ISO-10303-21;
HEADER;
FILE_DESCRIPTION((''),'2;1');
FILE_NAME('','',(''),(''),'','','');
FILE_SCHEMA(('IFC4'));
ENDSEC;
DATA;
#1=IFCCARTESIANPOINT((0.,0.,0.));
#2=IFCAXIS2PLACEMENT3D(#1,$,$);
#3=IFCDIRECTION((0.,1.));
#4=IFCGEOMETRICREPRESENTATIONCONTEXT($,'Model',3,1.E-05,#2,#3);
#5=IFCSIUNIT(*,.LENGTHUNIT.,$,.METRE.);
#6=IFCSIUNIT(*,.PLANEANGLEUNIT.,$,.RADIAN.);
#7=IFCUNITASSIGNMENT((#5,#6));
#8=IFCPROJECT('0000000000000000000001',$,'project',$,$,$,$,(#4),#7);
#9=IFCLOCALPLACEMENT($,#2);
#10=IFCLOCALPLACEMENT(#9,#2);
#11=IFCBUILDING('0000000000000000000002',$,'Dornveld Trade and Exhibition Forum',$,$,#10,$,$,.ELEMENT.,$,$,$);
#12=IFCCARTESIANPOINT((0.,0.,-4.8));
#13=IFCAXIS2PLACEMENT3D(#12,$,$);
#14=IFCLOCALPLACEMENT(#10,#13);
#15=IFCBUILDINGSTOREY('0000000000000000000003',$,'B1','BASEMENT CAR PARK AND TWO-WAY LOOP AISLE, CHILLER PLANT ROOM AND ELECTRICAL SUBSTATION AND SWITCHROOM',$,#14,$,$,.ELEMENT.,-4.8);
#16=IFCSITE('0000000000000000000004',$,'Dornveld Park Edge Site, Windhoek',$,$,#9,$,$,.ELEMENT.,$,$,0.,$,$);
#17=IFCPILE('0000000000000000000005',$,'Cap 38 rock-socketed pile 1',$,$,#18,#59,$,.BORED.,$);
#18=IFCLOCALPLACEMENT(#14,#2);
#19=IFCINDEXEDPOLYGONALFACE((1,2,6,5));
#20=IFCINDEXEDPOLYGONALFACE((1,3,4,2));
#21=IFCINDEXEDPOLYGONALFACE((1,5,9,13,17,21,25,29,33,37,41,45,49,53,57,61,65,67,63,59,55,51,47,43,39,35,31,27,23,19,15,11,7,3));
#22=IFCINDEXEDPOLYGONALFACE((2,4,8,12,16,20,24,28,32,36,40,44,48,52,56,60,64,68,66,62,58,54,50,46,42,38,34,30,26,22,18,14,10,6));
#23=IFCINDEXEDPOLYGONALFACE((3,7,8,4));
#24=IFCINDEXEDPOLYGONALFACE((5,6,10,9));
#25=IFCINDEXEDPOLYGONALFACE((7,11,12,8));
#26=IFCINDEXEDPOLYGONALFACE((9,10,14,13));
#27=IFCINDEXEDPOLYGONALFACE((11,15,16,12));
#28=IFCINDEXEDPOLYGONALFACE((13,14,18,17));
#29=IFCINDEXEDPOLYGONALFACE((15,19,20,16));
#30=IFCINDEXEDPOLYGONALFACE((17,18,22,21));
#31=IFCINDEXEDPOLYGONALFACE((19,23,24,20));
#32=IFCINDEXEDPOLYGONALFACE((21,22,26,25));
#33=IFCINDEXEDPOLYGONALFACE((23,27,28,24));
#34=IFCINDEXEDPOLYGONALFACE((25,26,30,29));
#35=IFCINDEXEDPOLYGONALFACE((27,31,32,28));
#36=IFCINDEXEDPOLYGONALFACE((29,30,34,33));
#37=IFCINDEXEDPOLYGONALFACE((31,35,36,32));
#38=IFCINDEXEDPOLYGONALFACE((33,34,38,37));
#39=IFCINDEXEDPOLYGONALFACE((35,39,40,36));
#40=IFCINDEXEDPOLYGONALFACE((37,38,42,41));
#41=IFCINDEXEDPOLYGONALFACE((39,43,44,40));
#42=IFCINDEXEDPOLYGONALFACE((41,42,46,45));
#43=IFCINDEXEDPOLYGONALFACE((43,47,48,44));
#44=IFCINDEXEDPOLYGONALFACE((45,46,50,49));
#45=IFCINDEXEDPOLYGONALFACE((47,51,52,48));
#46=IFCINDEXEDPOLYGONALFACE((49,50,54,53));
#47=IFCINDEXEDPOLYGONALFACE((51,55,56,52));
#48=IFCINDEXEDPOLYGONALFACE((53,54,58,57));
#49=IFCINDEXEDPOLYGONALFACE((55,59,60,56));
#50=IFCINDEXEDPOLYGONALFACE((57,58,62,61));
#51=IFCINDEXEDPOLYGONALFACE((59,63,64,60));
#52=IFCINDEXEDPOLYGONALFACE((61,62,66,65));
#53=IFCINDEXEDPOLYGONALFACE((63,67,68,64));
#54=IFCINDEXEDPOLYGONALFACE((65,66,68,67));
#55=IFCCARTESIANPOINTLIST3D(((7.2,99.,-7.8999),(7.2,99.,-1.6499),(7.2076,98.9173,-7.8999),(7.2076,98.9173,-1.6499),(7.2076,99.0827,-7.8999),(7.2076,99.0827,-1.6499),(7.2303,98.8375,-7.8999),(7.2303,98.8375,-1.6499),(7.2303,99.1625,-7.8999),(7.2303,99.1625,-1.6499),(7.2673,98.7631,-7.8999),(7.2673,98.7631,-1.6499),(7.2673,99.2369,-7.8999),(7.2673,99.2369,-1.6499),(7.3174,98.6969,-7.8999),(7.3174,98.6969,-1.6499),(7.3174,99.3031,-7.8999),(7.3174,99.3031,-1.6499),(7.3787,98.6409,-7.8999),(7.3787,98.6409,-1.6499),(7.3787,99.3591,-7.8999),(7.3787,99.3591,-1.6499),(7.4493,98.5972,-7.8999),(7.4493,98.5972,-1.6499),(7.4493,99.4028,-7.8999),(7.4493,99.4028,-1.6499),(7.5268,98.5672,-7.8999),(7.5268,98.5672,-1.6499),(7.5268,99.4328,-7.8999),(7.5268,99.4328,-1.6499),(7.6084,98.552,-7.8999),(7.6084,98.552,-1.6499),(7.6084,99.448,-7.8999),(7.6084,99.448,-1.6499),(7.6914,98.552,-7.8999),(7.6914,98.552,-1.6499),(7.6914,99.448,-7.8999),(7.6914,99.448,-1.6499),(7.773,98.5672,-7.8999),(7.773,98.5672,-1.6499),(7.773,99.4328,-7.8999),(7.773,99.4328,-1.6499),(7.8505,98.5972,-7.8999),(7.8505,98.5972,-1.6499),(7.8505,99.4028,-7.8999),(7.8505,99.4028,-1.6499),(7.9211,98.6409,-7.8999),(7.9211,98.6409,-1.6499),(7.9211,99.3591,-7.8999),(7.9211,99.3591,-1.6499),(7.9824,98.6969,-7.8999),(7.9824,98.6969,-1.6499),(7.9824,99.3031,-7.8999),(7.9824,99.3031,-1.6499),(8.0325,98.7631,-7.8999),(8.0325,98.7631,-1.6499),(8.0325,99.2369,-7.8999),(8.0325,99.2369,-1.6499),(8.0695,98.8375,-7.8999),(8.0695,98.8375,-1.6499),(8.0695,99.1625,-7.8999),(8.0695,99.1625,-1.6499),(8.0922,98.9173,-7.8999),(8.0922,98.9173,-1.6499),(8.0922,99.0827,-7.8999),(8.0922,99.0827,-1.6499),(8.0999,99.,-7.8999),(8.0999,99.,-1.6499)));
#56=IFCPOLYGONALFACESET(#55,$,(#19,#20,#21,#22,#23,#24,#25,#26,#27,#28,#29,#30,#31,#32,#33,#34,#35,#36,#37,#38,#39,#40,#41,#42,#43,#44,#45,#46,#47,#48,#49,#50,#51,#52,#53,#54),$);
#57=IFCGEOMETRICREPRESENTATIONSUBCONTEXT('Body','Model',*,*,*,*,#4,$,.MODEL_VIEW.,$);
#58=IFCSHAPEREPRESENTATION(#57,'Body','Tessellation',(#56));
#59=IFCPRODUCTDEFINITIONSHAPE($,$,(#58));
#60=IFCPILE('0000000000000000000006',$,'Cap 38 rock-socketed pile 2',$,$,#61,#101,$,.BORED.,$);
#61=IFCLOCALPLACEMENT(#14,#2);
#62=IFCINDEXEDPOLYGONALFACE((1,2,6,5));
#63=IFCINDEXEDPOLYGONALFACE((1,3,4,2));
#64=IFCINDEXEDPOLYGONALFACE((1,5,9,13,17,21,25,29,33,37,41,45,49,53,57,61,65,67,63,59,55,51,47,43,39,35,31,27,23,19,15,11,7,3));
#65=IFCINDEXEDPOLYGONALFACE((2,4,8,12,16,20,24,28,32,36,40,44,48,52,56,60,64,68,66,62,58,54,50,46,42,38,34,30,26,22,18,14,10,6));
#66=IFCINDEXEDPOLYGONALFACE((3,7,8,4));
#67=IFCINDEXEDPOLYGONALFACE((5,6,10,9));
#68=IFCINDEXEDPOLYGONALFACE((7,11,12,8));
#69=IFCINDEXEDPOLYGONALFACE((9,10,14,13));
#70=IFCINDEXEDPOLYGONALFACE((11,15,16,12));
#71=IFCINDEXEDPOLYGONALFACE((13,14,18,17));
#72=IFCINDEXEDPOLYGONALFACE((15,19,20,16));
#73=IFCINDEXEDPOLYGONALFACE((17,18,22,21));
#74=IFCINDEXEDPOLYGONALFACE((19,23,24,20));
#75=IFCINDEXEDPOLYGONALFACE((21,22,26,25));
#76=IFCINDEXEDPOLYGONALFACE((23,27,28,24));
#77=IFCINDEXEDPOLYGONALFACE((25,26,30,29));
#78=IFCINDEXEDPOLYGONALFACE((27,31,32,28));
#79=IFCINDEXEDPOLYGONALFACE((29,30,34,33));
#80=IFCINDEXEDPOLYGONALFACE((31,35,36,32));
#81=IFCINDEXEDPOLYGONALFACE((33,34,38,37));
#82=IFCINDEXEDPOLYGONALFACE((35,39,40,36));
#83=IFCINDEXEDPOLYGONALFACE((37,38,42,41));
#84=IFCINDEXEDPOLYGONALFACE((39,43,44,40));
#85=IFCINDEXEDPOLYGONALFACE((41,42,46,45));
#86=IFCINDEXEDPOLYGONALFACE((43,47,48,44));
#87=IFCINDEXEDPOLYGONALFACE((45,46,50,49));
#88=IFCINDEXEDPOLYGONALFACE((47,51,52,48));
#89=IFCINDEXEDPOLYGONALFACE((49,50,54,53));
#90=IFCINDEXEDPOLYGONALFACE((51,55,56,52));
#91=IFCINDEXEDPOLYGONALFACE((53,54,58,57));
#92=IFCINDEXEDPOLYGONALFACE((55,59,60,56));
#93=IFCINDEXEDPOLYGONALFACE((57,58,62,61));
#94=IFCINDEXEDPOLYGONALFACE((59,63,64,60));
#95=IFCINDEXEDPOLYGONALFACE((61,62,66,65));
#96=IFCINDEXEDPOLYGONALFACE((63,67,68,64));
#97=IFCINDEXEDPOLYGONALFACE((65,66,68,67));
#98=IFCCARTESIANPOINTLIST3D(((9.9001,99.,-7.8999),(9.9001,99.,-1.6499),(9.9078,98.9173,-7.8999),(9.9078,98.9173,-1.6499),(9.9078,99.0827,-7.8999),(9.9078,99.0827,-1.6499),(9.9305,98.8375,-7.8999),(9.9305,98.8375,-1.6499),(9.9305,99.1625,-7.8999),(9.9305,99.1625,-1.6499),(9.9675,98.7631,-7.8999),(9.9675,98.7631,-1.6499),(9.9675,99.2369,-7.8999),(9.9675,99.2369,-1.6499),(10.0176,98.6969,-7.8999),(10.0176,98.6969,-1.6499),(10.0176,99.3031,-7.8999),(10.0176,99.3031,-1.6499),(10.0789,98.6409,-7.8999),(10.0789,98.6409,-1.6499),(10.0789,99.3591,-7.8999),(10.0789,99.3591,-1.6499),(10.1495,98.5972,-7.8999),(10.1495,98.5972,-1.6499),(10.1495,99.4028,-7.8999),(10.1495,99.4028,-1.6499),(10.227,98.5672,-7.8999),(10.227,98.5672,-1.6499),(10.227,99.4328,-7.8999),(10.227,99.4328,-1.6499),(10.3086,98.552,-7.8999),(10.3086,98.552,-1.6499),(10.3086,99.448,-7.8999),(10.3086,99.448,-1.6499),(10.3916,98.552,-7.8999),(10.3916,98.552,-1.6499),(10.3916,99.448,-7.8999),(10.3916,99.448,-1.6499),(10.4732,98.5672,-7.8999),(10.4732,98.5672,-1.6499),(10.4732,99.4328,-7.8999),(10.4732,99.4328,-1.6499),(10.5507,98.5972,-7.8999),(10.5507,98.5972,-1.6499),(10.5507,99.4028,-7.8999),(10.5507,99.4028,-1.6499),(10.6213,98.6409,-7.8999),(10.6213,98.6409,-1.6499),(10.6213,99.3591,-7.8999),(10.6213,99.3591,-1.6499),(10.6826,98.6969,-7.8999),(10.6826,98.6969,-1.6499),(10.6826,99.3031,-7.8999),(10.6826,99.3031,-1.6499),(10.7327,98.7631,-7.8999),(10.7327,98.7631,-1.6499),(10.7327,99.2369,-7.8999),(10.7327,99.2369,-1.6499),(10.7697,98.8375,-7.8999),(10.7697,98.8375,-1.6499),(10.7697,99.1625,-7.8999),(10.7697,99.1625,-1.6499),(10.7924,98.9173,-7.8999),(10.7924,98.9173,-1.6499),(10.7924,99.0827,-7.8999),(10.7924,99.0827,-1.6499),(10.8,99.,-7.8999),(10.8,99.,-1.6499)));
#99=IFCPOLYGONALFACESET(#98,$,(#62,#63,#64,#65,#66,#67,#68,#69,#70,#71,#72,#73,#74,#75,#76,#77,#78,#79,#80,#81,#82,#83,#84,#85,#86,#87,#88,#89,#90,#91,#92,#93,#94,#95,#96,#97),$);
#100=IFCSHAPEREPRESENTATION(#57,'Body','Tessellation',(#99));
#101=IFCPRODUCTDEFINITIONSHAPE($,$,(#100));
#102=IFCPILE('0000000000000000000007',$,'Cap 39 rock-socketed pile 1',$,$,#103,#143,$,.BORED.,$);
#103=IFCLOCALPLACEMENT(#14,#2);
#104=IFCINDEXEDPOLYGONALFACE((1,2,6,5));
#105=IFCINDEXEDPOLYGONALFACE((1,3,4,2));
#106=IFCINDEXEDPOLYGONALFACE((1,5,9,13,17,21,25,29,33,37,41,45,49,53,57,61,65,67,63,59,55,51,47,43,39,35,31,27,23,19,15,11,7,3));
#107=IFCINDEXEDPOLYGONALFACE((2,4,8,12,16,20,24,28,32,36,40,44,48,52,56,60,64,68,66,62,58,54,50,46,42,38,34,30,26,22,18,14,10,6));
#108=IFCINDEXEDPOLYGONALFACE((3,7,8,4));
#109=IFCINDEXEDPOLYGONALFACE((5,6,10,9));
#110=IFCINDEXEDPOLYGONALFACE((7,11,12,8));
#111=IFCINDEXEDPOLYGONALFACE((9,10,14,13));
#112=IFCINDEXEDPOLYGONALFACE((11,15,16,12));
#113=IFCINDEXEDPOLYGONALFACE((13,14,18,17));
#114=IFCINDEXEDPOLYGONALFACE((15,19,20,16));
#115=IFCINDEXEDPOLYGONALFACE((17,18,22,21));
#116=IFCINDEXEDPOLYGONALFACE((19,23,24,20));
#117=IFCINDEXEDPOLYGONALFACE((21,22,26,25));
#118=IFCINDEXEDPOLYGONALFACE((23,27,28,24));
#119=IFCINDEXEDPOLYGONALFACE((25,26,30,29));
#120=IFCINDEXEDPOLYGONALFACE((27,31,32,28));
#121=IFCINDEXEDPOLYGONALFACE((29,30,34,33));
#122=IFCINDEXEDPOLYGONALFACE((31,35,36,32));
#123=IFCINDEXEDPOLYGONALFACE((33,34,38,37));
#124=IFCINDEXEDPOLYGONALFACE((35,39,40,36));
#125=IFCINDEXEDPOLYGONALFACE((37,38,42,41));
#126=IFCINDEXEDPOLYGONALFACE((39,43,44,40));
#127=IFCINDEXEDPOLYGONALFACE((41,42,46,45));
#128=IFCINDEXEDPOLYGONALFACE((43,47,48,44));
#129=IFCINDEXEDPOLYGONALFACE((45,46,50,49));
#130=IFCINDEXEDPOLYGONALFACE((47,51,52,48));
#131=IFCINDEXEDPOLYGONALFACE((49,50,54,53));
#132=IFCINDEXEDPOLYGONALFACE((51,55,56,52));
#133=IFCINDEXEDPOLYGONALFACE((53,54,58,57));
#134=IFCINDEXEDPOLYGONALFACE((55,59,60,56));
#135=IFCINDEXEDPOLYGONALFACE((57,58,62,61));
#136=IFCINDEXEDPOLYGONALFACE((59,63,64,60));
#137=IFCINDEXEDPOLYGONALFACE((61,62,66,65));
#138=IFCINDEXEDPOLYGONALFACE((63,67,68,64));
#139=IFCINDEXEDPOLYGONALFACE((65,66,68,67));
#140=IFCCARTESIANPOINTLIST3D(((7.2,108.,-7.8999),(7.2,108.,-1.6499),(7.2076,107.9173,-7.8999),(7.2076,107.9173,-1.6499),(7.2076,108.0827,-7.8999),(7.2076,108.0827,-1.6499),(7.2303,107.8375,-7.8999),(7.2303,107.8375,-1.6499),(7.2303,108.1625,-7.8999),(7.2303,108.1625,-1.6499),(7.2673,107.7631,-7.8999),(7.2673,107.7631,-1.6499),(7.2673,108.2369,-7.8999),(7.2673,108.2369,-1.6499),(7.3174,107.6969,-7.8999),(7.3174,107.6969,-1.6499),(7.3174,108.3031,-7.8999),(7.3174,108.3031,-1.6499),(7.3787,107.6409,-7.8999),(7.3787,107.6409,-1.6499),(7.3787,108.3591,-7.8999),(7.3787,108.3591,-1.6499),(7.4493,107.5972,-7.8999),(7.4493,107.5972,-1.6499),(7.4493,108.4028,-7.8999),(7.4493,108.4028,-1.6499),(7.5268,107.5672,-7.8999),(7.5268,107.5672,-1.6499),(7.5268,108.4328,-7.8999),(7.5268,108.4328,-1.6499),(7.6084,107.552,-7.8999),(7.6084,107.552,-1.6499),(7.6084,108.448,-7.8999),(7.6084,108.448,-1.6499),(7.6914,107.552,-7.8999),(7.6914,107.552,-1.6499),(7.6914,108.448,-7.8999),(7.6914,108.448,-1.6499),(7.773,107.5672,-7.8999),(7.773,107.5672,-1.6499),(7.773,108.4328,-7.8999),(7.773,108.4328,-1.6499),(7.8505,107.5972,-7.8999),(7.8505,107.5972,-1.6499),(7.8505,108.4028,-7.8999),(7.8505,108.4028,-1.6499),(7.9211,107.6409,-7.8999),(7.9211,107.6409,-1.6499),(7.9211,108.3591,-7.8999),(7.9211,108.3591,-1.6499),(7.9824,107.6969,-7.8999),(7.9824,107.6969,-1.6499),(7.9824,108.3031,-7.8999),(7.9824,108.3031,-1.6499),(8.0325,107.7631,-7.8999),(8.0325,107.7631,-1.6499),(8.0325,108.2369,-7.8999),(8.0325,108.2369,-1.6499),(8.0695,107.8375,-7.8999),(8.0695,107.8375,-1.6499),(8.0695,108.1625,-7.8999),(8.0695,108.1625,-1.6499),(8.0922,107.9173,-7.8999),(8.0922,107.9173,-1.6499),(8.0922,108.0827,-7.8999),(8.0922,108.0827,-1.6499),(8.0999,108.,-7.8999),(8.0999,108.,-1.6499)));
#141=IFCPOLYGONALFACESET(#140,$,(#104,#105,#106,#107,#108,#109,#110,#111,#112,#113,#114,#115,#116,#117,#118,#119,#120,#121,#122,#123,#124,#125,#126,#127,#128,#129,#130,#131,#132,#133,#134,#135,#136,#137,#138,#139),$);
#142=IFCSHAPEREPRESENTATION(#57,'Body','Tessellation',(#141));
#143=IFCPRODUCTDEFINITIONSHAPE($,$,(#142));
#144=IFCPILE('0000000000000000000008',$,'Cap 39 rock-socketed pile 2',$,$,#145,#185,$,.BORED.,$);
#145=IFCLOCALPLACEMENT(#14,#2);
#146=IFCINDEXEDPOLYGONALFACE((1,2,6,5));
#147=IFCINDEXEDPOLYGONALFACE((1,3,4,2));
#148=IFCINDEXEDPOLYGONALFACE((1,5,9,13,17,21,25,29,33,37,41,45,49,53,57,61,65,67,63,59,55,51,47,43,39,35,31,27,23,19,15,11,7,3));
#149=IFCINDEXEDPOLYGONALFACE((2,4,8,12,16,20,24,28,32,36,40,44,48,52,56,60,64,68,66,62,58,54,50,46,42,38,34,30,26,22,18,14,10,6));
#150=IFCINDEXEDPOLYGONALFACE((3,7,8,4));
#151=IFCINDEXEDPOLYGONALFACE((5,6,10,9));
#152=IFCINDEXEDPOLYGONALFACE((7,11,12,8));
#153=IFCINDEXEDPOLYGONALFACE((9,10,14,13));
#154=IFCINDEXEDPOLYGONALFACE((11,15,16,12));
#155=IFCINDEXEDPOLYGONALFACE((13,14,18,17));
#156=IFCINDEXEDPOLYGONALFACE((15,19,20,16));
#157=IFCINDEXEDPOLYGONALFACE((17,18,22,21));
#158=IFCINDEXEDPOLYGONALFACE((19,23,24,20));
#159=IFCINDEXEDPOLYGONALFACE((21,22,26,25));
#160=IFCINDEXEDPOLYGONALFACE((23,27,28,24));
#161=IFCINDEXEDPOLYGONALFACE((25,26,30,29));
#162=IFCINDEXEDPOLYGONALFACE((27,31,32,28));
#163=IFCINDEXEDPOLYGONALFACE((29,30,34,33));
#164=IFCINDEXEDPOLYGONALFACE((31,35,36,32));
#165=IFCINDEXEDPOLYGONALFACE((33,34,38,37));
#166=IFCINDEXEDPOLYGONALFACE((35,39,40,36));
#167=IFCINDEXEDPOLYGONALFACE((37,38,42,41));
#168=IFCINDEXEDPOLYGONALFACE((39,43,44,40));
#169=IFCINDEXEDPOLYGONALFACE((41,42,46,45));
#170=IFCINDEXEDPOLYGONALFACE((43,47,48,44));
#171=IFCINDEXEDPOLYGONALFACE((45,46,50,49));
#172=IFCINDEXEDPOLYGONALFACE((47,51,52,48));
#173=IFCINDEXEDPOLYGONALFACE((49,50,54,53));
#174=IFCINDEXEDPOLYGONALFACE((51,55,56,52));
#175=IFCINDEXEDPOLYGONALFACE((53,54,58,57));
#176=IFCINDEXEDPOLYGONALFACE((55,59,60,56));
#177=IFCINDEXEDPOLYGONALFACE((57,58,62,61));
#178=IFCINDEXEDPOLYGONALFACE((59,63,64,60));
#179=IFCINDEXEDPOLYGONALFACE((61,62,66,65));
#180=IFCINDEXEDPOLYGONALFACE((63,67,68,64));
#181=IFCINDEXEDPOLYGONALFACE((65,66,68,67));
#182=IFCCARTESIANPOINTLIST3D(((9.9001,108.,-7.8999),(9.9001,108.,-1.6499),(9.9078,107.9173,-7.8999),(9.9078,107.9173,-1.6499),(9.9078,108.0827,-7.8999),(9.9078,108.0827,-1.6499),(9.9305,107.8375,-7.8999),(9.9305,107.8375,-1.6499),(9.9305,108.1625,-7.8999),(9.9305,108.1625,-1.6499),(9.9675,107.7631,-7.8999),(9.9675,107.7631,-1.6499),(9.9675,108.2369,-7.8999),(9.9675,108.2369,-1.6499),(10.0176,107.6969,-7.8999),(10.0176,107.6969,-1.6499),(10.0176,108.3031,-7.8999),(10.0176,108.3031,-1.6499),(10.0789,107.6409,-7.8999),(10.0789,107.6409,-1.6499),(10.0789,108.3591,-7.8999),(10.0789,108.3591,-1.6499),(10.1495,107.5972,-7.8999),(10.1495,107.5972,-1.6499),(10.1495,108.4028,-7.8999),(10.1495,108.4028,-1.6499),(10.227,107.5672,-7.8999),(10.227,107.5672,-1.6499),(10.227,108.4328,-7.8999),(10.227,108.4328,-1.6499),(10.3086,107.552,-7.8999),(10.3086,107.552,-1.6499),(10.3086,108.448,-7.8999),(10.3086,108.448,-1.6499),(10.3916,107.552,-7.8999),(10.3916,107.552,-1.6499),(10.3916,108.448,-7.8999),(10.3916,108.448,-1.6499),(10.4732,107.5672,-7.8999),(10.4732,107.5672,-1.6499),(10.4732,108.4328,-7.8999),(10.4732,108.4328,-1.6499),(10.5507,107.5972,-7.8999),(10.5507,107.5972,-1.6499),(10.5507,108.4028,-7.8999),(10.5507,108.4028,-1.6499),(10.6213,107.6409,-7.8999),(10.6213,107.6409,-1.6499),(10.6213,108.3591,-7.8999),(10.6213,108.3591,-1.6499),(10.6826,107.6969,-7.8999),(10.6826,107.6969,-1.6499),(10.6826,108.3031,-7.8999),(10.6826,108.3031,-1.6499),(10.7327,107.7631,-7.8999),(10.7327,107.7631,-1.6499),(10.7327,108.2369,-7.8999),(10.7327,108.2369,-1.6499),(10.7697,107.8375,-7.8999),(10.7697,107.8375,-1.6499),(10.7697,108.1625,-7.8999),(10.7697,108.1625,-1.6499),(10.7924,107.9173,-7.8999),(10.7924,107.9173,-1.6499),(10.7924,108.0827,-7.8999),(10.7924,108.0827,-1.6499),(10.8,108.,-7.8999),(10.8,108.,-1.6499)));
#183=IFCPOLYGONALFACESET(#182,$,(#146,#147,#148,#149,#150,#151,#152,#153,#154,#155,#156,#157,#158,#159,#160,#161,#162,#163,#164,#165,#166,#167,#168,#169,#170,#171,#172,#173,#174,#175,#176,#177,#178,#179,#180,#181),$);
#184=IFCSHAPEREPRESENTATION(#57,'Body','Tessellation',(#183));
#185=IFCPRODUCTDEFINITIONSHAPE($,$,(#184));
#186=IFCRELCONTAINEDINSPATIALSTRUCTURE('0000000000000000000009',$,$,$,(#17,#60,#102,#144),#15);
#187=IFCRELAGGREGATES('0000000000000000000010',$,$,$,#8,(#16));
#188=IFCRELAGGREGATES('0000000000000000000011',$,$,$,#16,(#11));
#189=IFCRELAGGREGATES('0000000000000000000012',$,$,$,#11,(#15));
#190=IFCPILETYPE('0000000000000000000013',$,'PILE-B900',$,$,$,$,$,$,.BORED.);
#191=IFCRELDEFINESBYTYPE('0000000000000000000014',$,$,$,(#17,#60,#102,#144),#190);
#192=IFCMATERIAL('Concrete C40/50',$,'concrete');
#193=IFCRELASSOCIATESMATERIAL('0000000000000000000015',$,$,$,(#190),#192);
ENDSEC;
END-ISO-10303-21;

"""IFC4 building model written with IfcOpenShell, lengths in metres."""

from ifc_helpers import new_model, si_unit, direction, frame, origin, origin_2d, place, context, subcontext, project, spatial, circle, extrude, material, material_profile, profile_set, type_object, element, save


model = new_model("IFC4")

# Units and contexts
model_context = context("Model", 3, precision=1e-05, world=origin(), true_north=direction((0.0, 1.0)))
body_context = subcontext(model_context, "Body", "Model", "MODEL_VIEW")
ifc_project = project(units=[si_unit("LENGTHUNIT", "METRE"), si_unit("PLANEANGLEUNIT", "RADIAN")], contexts=[model_context])

# Site, building, storey
site_placement = place(None, origin())
site = spatial("IfcSite", under=ifc_project, at=site_placement, Name="Dornveld Park Edge Site, Windhoek", CompositionType="ELEMENT", RefElevation=0.0)
building_placement = place(site_placement, origin())
building = spatial("IfcBuilding", under=site, at=building_placement, Name="Dornveld Trade and Exhibition Forum", CompositionType="ELEMENT")
storey_placement = place(building_placement, frame((0.0, 0.0, -4.8)))
storey = spatial("IfcBuildingStorey", under=building, at=storey_placement, Name="B1", Description="BASEMENT CAR PARK AND TWO-WAY LOOP AISLE, CHILLER PLANT ROOM AND ELECTRICAL SUBSTATION AND SWITCHROOM", CompositionType="ELEMENT", Elevation=-4.8)

# Piles
ifc_material_1 = material(Name="Concrete C40/50", Category="concrete")
ifc_material_profile_1 = material_profile(ifc_material_1, circle(Radius=0.45, at=origin_2d()), Name="PILE D900")
ifc_profile_set_1 = profile_set([ifc_material_profile_1], Name="Concrete C40/50")
pile_type = type_object("IfcPileType", Name="PILE-B900", PredefinedType="BORED", material=ifc_profile_set_1)
for number, where, z_axis, x_axis, name in (
    (1, (7.6499, 99.0, -1.6499), (0.0, 0.0, -1.0), (1.0, 0.0, 0.0), "Cap 38 rock-socketed pile 1"),
    (2, (10.3501, 99.0, -1.6499), (0.0, 0.0, -1.0), (1.0, 0.0, 0.0), "Cap 38 rock-socketed pile 2"),
    (3, (7.6499, 108.0, -1.6499), (0.0, 0.0, -1.0), (1.0, 0.0, 0.0), "Cap 39 rock-socketed pile 1"),
    (4, (10.3501, 108.0, -1.6499), (0.0, 0.0, -1.0), (1.0, 0.0, 0.0), "Cap 39 rock-socketed pile 2"),
):
    element("IfcPile", number, at=place(storey_placement, frame(where, z_axis=z_axis, x_axis=x_axis)), inside=storey, type_object=pile_type, Name=name, PredefinedType="BORED", context=body_context, shape_type="SweptSolid", body=[
        extrude(circle(Radius=0.45, at=origin_2d()), origin(), (0.0, 0.0, 1.0), 6.25),
    ])

save(model, "model.ifc")
